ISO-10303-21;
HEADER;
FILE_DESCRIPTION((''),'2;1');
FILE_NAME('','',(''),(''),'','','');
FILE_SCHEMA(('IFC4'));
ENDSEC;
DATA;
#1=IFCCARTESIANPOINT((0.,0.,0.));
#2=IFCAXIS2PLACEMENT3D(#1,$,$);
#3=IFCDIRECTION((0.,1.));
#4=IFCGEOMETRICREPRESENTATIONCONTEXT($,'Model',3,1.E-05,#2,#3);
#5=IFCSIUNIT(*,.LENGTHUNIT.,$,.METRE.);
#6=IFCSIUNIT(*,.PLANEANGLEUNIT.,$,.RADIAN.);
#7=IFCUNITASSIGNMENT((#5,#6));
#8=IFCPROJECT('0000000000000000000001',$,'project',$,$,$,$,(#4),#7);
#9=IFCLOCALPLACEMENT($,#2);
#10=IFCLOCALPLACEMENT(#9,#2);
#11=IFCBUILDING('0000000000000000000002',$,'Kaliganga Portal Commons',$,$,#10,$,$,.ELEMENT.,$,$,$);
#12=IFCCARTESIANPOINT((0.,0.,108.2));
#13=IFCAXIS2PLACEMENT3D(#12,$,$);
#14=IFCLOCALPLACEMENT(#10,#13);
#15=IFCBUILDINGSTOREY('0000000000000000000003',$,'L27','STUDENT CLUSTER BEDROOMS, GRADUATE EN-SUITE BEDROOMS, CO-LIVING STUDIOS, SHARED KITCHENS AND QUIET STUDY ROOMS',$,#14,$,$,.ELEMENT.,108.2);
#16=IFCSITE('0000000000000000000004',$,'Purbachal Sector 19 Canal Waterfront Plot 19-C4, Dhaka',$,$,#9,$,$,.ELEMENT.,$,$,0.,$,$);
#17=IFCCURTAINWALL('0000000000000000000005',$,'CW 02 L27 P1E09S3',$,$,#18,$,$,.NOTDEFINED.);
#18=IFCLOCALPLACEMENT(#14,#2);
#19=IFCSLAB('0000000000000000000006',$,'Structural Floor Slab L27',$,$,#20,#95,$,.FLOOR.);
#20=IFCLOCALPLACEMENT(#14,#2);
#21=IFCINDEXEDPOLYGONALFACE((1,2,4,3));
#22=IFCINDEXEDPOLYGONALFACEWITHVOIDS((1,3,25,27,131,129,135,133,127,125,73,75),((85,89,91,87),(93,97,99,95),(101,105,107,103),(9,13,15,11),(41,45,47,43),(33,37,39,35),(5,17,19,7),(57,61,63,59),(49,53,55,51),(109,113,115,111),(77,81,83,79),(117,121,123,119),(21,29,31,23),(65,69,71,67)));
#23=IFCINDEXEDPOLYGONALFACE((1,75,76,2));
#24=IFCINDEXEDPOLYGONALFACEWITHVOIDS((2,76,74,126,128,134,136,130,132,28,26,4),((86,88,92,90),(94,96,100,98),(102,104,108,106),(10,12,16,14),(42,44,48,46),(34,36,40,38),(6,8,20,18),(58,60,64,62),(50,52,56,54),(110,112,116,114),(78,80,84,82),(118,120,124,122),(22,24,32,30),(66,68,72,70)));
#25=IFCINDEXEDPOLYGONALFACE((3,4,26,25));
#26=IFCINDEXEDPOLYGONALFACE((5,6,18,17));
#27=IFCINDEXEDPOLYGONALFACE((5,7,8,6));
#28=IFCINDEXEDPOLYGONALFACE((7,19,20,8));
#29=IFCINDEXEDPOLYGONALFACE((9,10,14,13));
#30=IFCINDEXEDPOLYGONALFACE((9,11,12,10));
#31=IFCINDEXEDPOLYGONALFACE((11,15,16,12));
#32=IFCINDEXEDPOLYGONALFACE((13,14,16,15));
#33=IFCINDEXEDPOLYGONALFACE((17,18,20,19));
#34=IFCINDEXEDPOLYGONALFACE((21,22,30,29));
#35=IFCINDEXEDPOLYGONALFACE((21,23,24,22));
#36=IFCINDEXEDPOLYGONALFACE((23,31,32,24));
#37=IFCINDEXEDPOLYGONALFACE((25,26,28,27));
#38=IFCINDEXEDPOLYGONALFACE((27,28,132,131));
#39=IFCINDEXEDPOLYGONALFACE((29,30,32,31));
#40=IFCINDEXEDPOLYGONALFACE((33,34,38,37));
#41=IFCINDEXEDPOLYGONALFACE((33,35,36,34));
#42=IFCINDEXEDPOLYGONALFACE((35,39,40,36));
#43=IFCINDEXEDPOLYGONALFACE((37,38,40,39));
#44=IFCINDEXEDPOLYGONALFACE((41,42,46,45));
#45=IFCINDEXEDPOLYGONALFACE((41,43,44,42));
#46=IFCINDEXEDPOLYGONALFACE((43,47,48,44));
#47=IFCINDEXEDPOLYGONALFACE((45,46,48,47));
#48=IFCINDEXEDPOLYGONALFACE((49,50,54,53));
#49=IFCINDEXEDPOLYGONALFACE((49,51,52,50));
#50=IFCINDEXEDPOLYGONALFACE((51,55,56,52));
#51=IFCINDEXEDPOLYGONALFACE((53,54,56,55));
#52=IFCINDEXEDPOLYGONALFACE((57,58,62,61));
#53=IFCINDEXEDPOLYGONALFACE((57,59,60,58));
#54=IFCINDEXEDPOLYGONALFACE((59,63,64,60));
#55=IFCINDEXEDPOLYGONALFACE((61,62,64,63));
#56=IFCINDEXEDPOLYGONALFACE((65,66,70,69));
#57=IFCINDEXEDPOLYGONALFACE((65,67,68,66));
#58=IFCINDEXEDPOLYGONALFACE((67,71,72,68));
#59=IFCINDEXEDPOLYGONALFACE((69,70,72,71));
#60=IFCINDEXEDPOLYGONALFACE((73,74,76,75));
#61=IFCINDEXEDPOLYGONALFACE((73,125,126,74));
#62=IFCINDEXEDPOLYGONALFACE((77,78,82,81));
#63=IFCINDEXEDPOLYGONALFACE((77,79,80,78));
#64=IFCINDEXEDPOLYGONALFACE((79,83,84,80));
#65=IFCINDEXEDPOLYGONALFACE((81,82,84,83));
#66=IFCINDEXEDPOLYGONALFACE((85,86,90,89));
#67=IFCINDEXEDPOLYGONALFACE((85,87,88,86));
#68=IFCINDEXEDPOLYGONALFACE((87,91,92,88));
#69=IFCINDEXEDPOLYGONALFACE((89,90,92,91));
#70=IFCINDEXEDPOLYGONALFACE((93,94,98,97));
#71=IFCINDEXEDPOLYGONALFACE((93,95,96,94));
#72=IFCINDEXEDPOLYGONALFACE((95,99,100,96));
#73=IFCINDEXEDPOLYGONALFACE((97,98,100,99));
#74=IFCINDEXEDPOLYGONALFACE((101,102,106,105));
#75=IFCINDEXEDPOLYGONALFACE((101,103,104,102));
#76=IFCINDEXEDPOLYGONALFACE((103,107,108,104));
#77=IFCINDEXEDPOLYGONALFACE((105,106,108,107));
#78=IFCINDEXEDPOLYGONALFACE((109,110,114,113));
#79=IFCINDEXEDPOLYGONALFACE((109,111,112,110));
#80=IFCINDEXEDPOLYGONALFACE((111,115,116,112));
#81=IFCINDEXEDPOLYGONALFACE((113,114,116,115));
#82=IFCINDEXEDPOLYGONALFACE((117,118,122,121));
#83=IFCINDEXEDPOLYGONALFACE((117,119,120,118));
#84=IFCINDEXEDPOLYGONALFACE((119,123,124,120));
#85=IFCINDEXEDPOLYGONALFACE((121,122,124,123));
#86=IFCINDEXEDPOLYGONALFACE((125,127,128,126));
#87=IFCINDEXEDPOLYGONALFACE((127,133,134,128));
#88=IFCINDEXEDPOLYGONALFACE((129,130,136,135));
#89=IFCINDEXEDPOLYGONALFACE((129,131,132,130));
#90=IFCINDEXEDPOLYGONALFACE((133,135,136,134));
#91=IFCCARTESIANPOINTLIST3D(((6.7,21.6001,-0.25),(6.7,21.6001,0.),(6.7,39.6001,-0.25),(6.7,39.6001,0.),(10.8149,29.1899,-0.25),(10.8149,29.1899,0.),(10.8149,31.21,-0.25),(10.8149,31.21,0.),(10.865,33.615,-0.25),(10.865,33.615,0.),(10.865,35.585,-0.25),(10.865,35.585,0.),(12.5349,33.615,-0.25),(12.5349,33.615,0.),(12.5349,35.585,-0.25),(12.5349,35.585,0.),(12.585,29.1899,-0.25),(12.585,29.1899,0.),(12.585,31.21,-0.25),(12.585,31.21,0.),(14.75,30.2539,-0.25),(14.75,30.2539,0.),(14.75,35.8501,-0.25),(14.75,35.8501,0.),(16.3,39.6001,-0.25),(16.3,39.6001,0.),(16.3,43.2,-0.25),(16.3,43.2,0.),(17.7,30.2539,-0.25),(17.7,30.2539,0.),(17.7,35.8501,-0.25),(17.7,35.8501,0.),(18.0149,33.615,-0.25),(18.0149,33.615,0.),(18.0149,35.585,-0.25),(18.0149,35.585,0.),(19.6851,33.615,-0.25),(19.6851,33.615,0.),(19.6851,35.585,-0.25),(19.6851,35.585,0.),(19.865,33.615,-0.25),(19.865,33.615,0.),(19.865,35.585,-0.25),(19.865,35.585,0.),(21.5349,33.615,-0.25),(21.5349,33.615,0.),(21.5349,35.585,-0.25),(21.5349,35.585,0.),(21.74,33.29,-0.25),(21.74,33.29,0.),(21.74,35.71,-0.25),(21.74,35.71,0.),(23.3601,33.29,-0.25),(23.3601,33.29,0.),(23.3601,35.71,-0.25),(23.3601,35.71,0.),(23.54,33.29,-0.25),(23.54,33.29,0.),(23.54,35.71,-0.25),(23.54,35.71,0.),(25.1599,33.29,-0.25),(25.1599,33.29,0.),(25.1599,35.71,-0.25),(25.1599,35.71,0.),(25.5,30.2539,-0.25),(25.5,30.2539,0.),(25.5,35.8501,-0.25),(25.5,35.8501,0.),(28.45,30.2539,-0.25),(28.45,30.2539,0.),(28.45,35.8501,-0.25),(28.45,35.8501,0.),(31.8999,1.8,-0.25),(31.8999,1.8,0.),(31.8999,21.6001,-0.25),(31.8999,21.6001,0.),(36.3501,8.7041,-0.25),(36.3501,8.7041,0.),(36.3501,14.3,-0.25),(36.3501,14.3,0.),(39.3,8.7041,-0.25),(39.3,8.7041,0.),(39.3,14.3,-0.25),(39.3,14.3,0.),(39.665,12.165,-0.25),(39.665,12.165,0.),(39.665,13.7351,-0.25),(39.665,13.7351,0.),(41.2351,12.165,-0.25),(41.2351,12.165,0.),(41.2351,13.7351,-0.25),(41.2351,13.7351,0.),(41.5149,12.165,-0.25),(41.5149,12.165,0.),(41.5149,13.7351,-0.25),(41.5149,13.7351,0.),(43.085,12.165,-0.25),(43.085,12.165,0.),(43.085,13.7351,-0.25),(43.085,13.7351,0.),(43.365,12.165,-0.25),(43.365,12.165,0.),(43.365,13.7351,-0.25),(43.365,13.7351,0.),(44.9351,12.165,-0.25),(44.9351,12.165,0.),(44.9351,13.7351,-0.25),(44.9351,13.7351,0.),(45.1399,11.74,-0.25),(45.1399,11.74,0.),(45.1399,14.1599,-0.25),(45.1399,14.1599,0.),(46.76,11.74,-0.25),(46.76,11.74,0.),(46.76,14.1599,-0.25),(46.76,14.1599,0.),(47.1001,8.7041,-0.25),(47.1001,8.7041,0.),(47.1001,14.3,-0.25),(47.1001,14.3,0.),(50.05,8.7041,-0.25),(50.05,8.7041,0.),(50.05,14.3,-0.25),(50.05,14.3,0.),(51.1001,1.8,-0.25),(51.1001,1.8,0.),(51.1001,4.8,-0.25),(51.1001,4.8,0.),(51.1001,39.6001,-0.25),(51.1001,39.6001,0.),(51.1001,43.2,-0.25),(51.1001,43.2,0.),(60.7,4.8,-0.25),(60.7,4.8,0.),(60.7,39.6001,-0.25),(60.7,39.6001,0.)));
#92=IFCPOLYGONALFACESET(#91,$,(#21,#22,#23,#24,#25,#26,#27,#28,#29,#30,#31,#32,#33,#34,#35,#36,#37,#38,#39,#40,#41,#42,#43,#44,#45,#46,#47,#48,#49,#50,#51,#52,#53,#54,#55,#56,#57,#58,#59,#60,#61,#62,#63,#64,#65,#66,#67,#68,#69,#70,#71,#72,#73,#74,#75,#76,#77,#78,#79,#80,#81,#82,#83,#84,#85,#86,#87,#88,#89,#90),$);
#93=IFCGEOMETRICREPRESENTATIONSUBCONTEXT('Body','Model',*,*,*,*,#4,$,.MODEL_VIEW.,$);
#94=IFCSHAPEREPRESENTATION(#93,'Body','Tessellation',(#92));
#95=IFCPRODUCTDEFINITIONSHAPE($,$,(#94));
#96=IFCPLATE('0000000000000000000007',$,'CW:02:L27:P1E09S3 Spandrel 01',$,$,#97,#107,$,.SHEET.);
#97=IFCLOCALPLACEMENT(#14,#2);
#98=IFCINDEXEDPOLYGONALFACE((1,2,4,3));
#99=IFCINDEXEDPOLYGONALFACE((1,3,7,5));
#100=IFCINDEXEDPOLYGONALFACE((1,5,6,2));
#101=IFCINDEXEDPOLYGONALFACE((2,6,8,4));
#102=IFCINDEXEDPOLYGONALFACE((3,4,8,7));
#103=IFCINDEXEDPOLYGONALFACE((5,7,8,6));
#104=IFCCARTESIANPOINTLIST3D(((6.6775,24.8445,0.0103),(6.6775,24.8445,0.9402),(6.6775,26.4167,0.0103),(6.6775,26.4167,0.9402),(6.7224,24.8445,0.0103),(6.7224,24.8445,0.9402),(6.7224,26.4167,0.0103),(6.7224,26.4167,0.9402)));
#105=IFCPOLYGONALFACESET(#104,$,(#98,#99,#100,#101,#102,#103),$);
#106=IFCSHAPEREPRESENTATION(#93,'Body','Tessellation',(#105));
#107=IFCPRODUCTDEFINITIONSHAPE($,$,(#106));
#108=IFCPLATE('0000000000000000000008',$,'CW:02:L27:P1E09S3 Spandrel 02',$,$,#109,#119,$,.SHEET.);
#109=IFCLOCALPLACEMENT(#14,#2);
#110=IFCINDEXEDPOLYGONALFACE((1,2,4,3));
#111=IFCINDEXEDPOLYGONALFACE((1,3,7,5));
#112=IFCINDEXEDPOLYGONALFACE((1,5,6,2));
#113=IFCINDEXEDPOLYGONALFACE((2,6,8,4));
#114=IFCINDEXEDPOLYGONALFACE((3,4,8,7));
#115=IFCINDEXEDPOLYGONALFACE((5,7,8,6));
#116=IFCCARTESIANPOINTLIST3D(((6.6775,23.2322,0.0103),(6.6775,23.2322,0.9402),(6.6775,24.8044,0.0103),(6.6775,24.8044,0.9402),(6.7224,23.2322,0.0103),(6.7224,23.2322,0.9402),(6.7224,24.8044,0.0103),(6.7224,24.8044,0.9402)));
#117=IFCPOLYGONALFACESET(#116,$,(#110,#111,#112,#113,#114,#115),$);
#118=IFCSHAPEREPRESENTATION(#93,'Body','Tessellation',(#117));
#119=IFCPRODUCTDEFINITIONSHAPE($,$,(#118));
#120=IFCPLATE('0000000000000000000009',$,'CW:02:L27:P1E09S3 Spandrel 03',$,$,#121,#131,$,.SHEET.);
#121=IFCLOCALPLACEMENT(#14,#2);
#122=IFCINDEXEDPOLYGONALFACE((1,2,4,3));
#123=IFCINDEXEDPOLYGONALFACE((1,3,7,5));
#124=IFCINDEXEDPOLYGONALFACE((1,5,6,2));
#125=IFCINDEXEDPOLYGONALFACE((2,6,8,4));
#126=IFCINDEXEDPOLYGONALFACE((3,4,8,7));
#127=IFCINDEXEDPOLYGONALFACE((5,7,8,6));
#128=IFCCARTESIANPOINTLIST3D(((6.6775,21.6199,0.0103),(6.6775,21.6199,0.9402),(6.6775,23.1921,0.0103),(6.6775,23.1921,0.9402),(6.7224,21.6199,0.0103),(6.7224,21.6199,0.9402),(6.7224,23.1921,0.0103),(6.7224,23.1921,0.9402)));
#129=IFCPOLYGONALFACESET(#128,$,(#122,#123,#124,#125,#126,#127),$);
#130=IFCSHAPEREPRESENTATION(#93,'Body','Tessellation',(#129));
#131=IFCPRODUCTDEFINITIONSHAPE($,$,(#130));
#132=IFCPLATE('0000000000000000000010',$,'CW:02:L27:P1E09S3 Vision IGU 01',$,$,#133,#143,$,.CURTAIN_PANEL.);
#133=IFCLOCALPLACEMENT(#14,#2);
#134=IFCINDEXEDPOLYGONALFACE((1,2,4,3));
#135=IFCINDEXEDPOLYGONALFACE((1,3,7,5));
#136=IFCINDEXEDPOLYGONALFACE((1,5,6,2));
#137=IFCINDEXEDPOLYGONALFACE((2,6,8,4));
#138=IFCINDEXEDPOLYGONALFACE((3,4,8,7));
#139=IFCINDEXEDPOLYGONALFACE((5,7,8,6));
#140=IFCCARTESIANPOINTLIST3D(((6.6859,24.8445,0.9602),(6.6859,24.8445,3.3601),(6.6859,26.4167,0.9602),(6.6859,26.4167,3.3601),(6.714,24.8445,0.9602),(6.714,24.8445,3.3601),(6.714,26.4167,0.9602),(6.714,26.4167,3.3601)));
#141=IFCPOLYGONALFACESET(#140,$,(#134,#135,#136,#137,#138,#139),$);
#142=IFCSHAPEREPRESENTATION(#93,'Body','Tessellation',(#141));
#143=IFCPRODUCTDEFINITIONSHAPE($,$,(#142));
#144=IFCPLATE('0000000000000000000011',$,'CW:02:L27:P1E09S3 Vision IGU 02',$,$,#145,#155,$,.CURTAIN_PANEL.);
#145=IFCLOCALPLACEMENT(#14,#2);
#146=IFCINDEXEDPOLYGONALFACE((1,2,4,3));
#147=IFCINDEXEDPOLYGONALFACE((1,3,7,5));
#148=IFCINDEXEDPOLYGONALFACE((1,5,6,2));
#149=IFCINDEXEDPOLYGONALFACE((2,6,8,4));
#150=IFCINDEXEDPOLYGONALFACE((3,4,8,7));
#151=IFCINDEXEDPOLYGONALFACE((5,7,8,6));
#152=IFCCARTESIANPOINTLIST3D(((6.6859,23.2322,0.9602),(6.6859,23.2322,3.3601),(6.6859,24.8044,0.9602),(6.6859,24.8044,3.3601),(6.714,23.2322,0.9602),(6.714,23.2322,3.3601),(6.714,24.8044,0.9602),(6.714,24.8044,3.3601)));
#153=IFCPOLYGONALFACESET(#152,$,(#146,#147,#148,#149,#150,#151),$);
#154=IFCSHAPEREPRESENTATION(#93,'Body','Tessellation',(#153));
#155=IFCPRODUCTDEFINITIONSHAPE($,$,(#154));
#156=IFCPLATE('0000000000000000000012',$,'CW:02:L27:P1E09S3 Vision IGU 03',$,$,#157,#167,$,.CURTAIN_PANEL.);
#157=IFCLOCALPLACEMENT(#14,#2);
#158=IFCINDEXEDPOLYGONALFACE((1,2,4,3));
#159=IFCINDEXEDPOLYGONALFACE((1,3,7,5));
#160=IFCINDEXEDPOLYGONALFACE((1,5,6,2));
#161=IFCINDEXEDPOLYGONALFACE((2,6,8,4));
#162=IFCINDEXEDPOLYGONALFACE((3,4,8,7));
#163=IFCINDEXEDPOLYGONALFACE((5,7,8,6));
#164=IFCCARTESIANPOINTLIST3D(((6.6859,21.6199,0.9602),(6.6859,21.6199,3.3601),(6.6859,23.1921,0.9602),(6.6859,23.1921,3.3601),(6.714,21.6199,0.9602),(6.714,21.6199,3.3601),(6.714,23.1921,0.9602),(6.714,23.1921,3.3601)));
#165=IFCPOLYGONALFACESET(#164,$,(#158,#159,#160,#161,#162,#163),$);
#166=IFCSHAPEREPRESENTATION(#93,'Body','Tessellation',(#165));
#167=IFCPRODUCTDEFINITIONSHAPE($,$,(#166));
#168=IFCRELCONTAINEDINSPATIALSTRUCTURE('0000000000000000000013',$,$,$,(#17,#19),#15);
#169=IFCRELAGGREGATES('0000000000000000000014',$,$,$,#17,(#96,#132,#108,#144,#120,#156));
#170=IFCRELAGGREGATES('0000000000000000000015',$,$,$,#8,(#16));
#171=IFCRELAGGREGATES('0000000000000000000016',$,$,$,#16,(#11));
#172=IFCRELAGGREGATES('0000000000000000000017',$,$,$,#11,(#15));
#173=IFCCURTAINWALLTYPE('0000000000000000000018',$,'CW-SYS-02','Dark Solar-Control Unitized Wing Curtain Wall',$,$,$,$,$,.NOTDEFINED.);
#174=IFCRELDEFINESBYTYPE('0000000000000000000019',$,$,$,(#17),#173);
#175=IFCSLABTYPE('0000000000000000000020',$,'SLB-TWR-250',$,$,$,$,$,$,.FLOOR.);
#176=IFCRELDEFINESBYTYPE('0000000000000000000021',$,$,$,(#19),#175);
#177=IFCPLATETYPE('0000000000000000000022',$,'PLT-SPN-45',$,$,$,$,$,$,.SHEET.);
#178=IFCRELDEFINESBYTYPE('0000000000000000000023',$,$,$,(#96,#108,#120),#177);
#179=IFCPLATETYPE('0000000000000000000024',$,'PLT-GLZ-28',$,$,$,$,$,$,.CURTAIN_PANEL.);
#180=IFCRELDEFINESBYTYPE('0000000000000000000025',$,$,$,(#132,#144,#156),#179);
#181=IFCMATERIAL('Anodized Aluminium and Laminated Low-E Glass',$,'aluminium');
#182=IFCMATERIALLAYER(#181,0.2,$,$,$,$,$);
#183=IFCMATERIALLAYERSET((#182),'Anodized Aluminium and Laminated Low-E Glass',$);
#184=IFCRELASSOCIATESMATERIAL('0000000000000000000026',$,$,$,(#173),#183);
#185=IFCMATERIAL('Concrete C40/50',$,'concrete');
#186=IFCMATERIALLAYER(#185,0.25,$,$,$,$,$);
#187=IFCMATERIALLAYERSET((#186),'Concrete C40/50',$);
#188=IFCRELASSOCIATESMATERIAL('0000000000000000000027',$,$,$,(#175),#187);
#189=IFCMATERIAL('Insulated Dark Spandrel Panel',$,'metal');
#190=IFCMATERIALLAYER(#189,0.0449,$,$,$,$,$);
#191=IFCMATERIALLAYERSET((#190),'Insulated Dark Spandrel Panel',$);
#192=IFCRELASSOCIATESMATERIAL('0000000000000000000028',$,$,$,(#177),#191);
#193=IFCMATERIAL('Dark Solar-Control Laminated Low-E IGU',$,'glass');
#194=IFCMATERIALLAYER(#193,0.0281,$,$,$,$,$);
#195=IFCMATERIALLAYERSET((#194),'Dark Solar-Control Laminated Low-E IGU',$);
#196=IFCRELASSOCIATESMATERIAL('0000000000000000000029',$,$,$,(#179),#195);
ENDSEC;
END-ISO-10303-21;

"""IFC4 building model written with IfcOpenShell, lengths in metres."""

from ifc_helpers import new_model, si_unit, direction, frame, origin, origin_2d, place, context, subcontext, project, spatial, polyline, rectangle, outline, extrude, source, transform, mapped, material, layer, layer_set, type_object, element, aggregate, save


model = new_model("IFC4")

# Units and contexts
model_context = context("Model", 3, precision=1e-05, world=origin(), true_north=direction((0.0, 1.0)))
body_context = subcontext(model_context, "Body", "Model", "MODEL_VIEW")
ifc_project = project(units=[si_unit("LENGTHUNIT", "METRE"), si_unit("PLANEANGLEUNIT", "RADIAN")], contexts=[model_context])

# Site, building, storey
site_placement = place(None, origin())
site = spatial("IfcSite", under=ifc_project, at=site_placement, Name="Purbachal Sector 19 Canal Waterfront Plot 19-C4, Dhaka", CompositionType="ELEMENT", RefElevation=0.0)
building_placement = place(site_placement, origin())
building = spatial("IfcBuilding", under=site, at=building_placement, Name="Kaliganga Portal Commons", CompositionType="ELEMENT")
storey_placement = place(building_placement, frame((0.0, 0.0, 108.2)))
storey = spatial("IfcBuildingStorey", under=building, at=storey_placement, Name="L27", Description="STUDENT CLUSTER BEDROOMS, GRADUATE EN-SUITE BEDROOMS, CO-LIVING STUDIOS, SHARED KITCHENS AND QUIET STUDY ROOMS", CompositionType="ELEMENT", Elevation=108.2)

# Curtain wall
ifc_material_1 = material(Name="Anodized Aluminium and Laminated Low-E Glass", Category="aluminium")
ifc_layer_1 = layer(ifc_material_1, 0.2)
ifc_layer_set_1 = layer_set([ifc_layer_1], Name="Anodized Aluminium and Laminated Low-E Glass")
curtain_wall_type = type_object("IfcCurtainWallType", Name="CW-SYS-02", Description="Dark Solar-Control Unitized Wing Curtain Wall", PredefinedType="NOTDEFINED", material=ifc_layer_set_1)
curtain_wall_placement = place(storey_placement, origin())
curtain_wall = element("IfcCurtainWall", 1, at=curtain_wall_placement, inside=storey, type_object=curtain_wall_type, Name="CW 02 L27 P1E09S3", PredefinedType="NOTDEFINED")

# Shared definitions
ifc_material_2 = material(Name="Concrete C40/50", Category="concrete")

# Slab
ifc_layer_2 = layer(ifc_material_2, 0.25)
ifc_layer_set_2 = layer_set([ifc_layer_2], Name="Concrete C40/50")
slab_type_1 = type_object("IfcSlabType", Name="SLB-TWR-250", PredefinedType="FLOOR", material=ifc_layer_set_2)
slab_1_placement = place(storey_placement, frame((0.0, 0.0, -0.25)))
element("IfcSlab", 2, at=slab_1_placement, inside=storey, type_object=slab_type_1, Name="Structural Floor Slab L27", PredefinedType="FLOOR", context=body_context, shape_type="SweptSolid", body=[
    extrude(outline(polyline([(31.8999, 1.8), (51.1001, 1.8), (51.1001, 4.8), (60.7, 4.8), (60.7, 39.6001), (51.1001, 39.6001), (51.1001, 43.2), (16.3, 43.2), (16.3, 39.6001), (6.7, 39.6001), (6.7, 21.6001), (31.8999, 21.6001), (31.8999, 1.8)]), holes=[polyline([(14.75, 30.2539), (14.75, 35.8501), (17.7, 35.8501), (17.7, 30.2539), (14.75, 30.2539)]), polyline([(25.5, 30.2539), (25.5, 35.8501), (28.45, 35.8501), (28.45, 30.2539), (25.5, 30.2539)]), polyline([(36.3501, 8.7041), (36.3501, 14.3), (39.3, 14.3), (39.3, 8.7041), (36.3501, 8.7041)]), polyline([(47.1001, 8.7041), (47.1001, 14.3), (50.05, 14.3), (50.05, 8.7041), (47.1001, 8.7041)]), polyline([(18.0149, 33.615), (18.0149, 35.585), (19.6851, 35.585), (19.6851, 33.615), (18.0149, 33.615)]), polyline([(19.865, 33.615), (19.865, 35.585), (21.5349, 35.585), (21.5349, 33.615), (19.865, 33.615)]), polyline([(10.8149, 29.1899), (10.8149, 31.21), (12.585, 31.21), (12.585, 29.1899), (10.8149, 29.1899)]), polyline([(10.865, 33.615), (10.865, 35.585), (12.5349, 35.585), (12.5349, 33.615), (10.865, 33.615)]), polyline([(21.74, 33.29), (21.74, 35.71), (23.3601, 35.71), (23.3601, 33.29), (21.74, 33.29)]), polyline([(23.54, 33.29), (23.54, 35.71), (25.1599, 35.71), (25.1599, 33.29), (23.54, 33.29)]), polyline([(39.665, 12.165), (39.665, 13.7351), (41.2351, 13.7351), (41.2351, 12.165), (39.665, 12.165)]), polyline([(41.5149, 12.165), (41.5149, 13.7351), (43.085, 13.7351), (43.085, 12.165), (41.5149, 12.165)]), polyline([(43.365, 12.165), (43.365, 13.7351), (44.9351, 13.7351), (44.9351, 12.165), (43.365, 12.165)]), polyline([(45.1399, 11.74), (45.1399, 14.1599), (46.76, 14.1599), (46.76, 11.74), (45.1399, 11.74)])]), origin(), (0.0, 0.0, 1.0), 0.25),
])

# Plates
ifc_material_3 = material(Name="Insulated Dark Spandrel Panel", Category="metal")
ifc_layer_3 = layer(ifc_material_3, 0.0449)
ifc_layer_set_3 = layer_set([ifc_layer_3], Name="Insulated Dark Spandrel Panel")
plate_type_1 = type_object("IfcPlateType", Name="PLT-SPN-45", PredefinedType="SHEET", material=ifc_layer_set_3)
shared_shape_1 = source(origin(), body_context, "Body", "SweptSolid", [
    extrude(rectangle(XDim=1.5723, YDim=0.0449, at=origin_2d()), origin(), (0.0, 0.0, 1.0), 0.9299),
])
plate_1_placement = place(storey_placement, frame((6.7, 25.6306, 0.0103), z_axis=(0.0, 0.0, 1.0), x_axis=(0.0, -1.0, 0.0)))
plate_1 = element("IfcPlate", 3, at=plate_1_placement, type_object=plate_type_1, Name="CW:02:L27:P1E09S3 Spandrel 01", PredefinedType="SHEET", context=body_context, shape_type="MappedRepresentation", body=[
    mapped(shared_shape_1, transform((0.0, 0.0, 0.0), x_axis=(1.0, 0.0, 0.0), y_axis=(0.0, 1.0, 0.0), z_axis=(0.0, 0.0, 1.0), scale=1.0)),
])
plate_2_placement = place(storey_placement, frame((6.7, 24.0183, 0.0103), z_axis=(0.0, 0.0, 1.0), x_axis=(0.0, -1.0, 0.0)))
plate_2 = element("IfcPlate", 4, at=plate_2_placement, type_object=plate_type_1, Name="CW:02:L27:P1E09S3 Spandrel 02", PredefinedType="SHEET", context=body_context, shape_type="MappedRepresentation", body=[
    mapped(shared_shape_1, transform((0.0, 0.0, 0.0), x_axis=(1.0, 0.0, 0.0), y_axis=(0.0, 1.0, 0.0), z_axis=(0.0, 0.0, 1.0), scale=1.0)),
])
plate_3_placement = place(storey_placement, frame((6.7, 22.406, 0.0103), z_axis=(0.0, 0.0, 1.0), x_axis=(0.0, -1.0, 0.0)))
plate_3 = element("IfcPlate", 5, at=plate_3_placement, type_object=plate_type_1, Name="CW:02:L27:P1E09S3 Spandrel 03", PredefinedType="SHEET", context=body_context, shape_type="MappedRepresentation", body=[
    mapped(shared_shape_1, transform((0.0, 0.0, 0.0), x_axis=(1.0, 0.0, 0.0), y_axis=(0.0, 1.0, 0.0), z_axis=(0.0, 0.0, 1.0), scale=1.0)),
])
ifc_material_4 = material(Name="Dark Solar-Control Laminated Low-E IGU", Category="glass")
ifc_layer_4 = layer(ifc_material_4, 0.0281)
ifc_layer_set_4 = layer_set([ifc_layer_4], Name="Dark Solar-Control Laminated Low-E IGU")
plate_type_2 = type_object("IfcPlateType", Name="PLT-GLZ-28", PredefinedType="CURTAIN_PANEL", material=ifc_layer_set_4)
shared_shape_2 = source(origin(), body_context, "Body", "SweptSolid", [
    extrude(rectangle(XDim=1.5723, YDim=0.0281, at=origin_2d()), origin(), (0.0, 0.0, 1.0), 2.3999),
])
plate_4_placement = place(storey_placement, frame((6.7, 25.6306, 0.9602), z_axis=(0.0, 0.0, 1.0), x_axis=(0.0, -1.0, 0.0)))
plate_4 = element("IfcPlate", 6, at=plate_4_placement, type_object=plate_type_2, Name="CW:02:L27:P1E09S3 Vision IGU 01", PredefinedType="CURTAIN_PANEL", context=body_context, shape_type="MappedRepresentation", body=[
    mapped(shared_shape_2, transform((0.0, 0.0, 0.0), x_axis=(1.0, 0.0, 0.0), y_axis=(0.0, 1.0, 0.0), z_axis=(0.0, 0.0, 1.0), scale=1.0)),
])
plate_5_placement = place(storey_placement, frame((6.7, 24.0183, 0.9602), z_axis=(0.0, 0.0, 1.0), x_axis=(0.0, -1.0, 0.0)))
plate_5 = element("IfcPlate", 7, at=plate_5_placement, type_object=plate_type_2, Name="CW:02:L27:P1E09S3 Vision IGU 02", PredefinedType="CURTAIN_PANEL", context=body_context, shape_type="MappedRepresentation", body=[
    mapped(shared_shape_2, transform((0.0, 0.0, 0.0), x_axis=(1.0, 0.0, 0.0), y_axis=(0.0, 1.0, 0.0), z_axis=(0.0, 0.0, 1.0), scale=1.0)),
])
plate_6_placement = place(storey_placement, frame((6.7, 22.406, 0.9602), z_axis=(0.0, 0.0, 1.0), x_axis=(0.0, -1.0, 0.0)))
plate_6 = element("IfcPlate", 8, at=plate_6_placement, type_object=plate_type_2, Name="CW:02:L27:P1E09S3 Vision IGU 03", PredefinedType="CURTAIN_PANEL", context=body_context, shape_type="MappedRepresentation", body=[
    mapped(shared_shape_2, transform((0.0, 0.0, 0.0), x_axis=(1.0, 0.0, 0.0), y_axis=(0.0, 1.0, 0.0), z_axis=(0.0, 0.0, 1.0), scale=1.0)),
])
aggregate(curtain_wall, [plate_1, plate_4, plate_2, plate_5, plate_3, plate_6])

save(model, "model.ifc")
